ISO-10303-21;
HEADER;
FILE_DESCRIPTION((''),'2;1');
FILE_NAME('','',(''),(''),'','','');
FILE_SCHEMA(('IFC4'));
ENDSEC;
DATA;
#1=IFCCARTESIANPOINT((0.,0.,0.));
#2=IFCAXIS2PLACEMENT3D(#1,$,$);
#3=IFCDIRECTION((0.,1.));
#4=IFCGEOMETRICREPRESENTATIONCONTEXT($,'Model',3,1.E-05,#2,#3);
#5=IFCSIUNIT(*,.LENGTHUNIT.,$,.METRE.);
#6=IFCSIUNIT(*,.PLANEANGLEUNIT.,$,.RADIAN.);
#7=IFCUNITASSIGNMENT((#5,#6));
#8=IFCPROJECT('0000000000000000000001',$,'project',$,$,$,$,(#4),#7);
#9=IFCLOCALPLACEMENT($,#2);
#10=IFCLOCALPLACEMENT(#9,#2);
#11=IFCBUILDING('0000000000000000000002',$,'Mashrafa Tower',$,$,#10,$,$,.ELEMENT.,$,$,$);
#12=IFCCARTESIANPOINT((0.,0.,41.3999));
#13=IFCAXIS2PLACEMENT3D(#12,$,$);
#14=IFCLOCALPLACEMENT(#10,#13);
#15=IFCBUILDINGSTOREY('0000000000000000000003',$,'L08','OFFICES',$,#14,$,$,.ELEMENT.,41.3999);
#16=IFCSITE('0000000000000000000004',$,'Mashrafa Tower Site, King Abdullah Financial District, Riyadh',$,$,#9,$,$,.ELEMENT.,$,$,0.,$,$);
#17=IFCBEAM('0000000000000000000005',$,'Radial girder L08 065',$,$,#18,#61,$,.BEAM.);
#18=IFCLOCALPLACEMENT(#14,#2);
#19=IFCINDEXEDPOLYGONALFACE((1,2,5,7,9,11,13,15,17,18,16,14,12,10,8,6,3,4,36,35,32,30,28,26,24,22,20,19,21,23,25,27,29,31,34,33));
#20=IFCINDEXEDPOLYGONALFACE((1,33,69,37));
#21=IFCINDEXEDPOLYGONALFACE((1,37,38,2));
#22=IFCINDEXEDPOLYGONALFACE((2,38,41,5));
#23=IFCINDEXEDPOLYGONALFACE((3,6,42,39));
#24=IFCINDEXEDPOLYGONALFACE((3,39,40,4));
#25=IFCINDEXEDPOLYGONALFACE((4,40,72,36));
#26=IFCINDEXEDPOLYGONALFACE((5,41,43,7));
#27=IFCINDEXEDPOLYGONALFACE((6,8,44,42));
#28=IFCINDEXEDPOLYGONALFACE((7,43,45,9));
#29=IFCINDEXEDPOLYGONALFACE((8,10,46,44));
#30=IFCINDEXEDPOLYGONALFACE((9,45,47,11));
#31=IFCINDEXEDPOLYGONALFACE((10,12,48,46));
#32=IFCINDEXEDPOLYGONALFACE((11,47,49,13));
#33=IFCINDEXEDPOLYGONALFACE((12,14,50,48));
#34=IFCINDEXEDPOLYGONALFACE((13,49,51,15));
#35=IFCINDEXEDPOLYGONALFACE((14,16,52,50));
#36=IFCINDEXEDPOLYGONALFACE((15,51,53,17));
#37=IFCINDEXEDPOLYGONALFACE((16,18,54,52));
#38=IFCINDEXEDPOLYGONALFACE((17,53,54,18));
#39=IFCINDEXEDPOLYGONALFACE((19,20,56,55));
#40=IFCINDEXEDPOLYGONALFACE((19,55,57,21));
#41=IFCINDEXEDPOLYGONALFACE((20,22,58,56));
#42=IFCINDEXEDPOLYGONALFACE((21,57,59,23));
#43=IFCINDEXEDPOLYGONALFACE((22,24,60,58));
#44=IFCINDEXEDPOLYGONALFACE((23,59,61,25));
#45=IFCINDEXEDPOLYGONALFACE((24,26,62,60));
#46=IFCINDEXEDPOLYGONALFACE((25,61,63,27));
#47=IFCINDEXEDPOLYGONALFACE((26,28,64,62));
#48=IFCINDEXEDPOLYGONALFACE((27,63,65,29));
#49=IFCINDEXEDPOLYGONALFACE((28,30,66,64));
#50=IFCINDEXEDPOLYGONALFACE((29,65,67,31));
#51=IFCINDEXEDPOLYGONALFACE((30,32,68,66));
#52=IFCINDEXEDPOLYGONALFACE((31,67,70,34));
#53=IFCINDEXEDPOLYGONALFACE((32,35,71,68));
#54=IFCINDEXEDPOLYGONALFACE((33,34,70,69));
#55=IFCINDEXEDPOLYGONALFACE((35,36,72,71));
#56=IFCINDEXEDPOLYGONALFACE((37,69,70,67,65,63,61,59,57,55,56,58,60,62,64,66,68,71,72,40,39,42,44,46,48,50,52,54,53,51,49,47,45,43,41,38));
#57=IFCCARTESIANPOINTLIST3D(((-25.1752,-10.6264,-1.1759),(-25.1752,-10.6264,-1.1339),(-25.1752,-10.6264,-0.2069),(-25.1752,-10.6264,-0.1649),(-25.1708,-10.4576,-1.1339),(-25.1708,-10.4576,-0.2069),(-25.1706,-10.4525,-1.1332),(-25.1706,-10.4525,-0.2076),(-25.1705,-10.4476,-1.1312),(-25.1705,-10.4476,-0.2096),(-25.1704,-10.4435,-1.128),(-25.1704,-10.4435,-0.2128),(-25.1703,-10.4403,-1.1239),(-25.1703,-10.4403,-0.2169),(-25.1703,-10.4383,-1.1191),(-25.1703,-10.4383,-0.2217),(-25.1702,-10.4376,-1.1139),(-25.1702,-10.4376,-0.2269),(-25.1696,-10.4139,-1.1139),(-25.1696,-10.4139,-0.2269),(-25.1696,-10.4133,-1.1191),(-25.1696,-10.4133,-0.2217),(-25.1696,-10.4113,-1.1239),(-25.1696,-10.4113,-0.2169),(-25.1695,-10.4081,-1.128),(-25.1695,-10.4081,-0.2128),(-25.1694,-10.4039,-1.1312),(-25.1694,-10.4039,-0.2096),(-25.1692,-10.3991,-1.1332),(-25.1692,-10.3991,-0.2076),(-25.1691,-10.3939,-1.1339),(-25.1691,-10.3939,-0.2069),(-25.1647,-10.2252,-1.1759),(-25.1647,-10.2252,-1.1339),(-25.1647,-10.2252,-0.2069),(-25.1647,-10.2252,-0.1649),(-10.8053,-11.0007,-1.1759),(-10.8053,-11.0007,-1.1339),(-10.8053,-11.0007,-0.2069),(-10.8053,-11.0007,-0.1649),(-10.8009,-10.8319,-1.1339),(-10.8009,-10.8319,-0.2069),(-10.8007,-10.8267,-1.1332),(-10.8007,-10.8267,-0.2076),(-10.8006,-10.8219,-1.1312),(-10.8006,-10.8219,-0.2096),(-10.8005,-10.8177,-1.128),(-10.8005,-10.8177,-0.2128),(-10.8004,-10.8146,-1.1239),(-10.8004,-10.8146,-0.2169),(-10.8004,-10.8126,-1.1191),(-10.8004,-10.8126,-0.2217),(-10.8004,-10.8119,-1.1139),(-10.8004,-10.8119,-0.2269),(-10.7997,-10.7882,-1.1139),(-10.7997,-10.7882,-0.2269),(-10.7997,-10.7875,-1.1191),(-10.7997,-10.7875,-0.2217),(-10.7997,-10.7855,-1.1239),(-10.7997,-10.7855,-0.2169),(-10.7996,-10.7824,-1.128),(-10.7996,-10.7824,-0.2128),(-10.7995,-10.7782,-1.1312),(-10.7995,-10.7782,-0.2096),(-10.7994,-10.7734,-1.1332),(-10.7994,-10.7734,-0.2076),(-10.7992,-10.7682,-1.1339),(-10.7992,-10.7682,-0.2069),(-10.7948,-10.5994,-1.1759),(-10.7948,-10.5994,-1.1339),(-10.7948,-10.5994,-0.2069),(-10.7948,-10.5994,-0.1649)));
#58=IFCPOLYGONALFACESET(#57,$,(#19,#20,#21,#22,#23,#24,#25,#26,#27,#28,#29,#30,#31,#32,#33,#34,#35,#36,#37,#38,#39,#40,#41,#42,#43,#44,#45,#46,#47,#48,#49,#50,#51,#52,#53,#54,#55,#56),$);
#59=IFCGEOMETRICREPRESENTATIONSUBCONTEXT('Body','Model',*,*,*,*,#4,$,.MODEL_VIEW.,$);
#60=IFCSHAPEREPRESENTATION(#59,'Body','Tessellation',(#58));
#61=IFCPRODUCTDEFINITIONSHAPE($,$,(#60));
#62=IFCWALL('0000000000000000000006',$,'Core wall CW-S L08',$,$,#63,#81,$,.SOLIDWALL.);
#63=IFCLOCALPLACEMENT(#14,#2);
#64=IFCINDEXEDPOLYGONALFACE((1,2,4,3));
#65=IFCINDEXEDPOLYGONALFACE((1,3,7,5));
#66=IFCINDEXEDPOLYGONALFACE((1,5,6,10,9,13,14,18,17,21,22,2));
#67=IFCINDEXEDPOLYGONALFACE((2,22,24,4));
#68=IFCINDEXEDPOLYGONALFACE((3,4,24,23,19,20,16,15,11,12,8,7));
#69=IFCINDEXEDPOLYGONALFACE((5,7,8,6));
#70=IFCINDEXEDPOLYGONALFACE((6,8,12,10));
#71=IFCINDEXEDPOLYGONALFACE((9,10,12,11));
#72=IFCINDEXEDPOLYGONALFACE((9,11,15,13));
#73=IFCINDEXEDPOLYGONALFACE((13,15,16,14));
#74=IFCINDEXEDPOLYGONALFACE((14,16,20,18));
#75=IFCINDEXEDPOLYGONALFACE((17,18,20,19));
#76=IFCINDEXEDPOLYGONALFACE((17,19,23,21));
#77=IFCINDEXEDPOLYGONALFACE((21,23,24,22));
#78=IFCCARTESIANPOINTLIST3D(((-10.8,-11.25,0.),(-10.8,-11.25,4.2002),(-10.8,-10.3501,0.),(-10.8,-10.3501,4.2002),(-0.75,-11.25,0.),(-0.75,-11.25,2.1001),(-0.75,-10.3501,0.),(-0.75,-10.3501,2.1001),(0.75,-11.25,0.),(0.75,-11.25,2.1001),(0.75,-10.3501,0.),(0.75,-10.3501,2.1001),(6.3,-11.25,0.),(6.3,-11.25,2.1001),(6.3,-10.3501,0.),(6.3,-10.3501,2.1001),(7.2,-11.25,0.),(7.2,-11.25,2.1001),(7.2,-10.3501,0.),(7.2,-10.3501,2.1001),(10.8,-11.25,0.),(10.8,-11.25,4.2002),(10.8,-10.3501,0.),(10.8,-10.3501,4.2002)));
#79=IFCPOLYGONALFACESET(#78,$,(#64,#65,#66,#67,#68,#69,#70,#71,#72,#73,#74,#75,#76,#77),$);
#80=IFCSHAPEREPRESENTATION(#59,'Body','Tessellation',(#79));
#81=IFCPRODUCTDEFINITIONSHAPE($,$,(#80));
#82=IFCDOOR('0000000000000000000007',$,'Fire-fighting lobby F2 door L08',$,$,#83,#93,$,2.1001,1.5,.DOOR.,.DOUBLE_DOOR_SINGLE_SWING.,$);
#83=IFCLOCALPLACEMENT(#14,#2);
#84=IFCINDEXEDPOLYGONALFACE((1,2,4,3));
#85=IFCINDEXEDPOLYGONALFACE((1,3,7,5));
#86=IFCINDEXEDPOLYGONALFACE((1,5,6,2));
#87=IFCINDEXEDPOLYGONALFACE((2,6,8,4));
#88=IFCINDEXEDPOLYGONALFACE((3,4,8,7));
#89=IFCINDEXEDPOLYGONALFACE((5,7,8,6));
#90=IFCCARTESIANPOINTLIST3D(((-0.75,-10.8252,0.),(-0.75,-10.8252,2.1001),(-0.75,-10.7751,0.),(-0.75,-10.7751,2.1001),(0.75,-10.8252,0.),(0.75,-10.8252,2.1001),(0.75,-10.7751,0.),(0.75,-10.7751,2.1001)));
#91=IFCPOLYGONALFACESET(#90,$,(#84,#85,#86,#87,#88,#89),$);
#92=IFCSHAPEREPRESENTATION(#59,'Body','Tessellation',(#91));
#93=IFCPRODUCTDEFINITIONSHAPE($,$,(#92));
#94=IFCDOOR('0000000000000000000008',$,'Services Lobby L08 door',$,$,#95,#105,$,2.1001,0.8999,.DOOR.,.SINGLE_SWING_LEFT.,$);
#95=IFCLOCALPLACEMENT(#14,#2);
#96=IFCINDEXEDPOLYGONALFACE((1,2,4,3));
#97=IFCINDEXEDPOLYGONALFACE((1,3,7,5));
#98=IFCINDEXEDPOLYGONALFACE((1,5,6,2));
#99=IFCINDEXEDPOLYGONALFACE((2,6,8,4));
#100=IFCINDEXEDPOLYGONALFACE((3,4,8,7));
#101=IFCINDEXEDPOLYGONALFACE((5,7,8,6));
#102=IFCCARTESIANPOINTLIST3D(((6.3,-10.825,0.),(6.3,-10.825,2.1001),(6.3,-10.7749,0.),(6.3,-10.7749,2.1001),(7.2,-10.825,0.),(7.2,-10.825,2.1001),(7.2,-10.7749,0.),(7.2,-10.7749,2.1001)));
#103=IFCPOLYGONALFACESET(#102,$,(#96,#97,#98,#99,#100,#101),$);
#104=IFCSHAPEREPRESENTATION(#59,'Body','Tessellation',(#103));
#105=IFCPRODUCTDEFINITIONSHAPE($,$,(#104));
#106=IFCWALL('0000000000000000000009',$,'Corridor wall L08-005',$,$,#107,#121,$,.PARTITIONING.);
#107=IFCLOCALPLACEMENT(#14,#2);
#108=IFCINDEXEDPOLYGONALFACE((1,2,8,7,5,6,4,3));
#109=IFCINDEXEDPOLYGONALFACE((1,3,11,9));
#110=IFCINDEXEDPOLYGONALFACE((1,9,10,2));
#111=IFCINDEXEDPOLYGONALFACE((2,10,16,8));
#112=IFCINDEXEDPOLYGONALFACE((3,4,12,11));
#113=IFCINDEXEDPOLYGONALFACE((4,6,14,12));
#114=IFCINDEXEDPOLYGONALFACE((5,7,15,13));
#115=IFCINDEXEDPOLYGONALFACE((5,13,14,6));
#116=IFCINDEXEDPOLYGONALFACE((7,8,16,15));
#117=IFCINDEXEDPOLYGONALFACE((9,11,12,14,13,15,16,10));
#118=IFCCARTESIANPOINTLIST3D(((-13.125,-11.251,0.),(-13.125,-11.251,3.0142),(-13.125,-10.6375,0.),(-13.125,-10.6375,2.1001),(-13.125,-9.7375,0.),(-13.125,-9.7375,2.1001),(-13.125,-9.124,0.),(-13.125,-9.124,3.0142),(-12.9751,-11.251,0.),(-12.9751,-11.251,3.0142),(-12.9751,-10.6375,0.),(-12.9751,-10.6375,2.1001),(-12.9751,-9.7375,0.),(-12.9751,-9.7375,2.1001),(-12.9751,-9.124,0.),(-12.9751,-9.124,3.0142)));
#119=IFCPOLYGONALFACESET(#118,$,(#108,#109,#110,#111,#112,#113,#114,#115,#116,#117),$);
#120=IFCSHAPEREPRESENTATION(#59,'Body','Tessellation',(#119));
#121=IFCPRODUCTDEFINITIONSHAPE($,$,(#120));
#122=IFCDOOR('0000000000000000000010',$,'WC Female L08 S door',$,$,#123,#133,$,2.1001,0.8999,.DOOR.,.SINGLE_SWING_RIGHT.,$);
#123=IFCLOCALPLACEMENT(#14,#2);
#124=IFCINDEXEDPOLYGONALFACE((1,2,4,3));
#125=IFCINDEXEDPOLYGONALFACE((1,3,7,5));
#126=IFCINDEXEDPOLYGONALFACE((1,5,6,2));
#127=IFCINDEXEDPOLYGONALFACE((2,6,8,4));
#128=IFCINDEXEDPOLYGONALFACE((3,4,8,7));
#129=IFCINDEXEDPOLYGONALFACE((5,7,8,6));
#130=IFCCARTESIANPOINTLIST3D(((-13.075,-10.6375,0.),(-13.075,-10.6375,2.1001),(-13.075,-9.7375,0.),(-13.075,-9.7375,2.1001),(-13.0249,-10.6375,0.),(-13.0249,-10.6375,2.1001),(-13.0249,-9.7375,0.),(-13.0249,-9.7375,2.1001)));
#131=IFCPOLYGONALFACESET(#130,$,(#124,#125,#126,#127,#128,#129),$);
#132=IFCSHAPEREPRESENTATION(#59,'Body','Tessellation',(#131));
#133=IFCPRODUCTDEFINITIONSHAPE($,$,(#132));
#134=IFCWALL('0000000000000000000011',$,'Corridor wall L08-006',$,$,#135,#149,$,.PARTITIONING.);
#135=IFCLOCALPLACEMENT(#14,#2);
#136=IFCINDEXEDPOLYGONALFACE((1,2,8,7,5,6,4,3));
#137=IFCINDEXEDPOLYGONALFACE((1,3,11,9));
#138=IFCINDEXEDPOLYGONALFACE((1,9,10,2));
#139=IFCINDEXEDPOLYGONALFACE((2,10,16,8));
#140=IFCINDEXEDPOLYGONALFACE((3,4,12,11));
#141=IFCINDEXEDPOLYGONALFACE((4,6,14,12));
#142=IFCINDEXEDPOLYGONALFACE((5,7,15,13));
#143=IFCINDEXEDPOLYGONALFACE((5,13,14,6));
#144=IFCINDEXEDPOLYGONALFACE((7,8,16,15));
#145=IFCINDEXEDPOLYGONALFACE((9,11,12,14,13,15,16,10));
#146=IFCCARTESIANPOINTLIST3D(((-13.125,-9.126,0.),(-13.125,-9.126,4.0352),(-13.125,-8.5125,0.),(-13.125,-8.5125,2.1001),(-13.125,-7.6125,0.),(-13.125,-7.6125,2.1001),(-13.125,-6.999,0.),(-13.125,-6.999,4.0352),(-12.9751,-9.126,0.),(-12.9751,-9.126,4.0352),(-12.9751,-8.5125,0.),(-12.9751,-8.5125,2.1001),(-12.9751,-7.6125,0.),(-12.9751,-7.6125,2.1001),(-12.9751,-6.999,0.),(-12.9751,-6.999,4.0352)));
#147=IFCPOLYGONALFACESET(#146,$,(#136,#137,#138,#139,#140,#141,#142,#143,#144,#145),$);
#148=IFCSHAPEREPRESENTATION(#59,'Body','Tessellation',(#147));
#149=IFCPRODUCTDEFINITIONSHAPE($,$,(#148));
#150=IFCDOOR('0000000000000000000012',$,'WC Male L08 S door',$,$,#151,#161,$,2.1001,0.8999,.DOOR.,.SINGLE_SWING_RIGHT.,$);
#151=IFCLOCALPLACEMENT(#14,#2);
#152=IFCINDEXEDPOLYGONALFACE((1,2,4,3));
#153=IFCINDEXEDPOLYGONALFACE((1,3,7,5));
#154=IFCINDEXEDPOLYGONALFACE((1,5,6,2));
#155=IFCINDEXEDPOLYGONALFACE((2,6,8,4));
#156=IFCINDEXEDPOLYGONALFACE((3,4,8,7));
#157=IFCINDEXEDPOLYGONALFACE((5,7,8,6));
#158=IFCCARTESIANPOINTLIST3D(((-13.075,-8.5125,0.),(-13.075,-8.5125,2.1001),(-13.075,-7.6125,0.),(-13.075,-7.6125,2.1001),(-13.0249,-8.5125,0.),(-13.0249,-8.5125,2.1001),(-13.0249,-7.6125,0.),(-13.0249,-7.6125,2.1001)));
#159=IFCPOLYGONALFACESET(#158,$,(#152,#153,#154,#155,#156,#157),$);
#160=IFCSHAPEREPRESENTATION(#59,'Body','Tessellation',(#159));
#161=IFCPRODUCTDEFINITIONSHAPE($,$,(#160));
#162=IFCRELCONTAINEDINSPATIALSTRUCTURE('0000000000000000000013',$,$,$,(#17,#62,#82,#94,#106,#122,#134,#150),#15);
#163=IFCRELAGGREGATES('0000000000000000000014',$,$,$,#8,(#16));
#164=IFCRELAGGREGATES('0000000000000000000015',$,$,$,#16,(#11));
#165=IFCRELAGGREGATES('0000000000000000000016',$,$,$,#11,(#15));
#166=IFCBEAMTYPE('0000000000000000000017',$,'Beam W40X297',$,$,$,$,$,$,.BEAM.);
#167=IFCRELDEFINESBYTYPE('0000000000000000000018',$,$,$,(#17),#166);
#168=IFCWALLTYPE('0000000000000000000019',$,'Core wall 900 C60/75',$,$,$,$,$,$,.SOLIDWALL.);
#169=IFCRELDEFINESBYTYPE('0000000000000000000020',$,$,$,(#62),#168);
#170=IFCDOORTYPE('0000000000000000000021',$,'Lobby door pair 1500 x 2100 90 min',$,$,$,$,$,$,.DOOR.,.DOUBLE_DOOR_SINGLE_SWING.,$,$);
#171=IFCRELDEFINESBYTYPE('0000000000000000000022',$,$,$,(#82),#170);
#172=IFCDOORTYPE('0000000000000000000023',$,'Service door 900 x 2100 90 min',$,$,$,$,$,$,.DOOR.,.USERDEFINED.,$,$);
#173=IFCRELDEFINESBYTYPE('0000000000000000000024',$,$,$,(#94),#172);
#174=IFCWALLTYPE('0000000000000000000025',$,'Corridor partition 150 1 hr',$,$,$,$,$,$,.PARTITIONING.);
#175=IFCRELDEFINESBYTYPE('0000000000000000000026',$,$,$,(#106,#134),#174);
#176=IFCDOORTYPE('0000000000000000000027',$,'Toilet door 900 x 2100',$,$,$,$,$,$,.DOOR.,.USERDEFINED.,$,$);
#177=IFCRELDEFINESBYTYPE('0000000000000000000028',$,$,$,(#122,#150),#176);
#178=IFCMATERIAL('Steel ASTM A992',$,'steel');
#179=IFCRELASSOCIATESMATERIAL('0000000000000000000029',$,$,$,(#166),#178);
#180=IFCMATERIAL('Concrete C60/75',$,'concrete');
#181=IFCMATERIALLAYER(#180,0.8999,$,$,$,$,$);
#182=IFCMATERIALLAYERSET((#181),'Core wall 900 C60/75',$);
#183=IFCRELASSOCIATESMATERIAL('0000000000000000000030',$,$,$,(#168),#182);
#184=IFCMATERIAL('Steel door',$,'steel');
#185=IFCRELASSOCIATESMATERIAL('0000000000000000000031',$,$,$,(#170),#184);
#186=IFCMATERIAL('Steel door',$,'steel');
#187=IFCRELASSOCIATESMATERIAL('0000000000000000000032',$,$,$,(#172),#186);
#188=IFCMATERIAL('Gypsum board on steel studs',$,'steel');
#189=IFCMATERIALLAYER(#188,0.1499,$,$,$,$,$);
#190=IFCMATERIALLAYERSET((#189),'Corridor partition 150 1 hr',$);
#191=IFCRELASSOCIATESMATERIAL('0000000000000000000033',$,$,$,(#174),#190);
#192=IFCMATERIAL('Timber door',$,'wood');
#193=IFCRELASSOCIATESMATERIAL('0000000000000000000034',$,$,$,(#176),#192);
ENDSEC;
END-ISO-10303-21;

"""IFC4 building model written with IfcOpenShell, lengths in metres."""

from ifc_helpers import new_model, si_unit, direction, frame, frame_2d, origin, origin_2d, place, context, subcontext, project, spatial, rectangle, i_section, extrude, material, layer, layer_set, material_profile, profile_set, type_object, element, fill, save


model = new_model("IFC4")

# Units and contexts
model_context = context("Model", 3, precision=1e-05, world=origin(), true_north=direction((0.0, 1.0)))
body_context = subcontext(model_context, "Body", "Model", "MODEL_VIEW")
ifc_project = project(units=[si_unit("LENGTHUNIT", "METRE"), si_unit("PLANEANGLEUNIT", "RADIAN")], contexts=[model_context])

# Site, building, storey
site_placement = place(None, origin())
site = spatial("IfcSite", under=ifc_project, at=site_placement, Name="Mashrafa Tower Site, King Abdullah Financial District, Riyadh", CompositionType="ELEMENT", RefElevation=0.0)
building_placement = place(site_placement, origin())
building = spatial("IfcBuilding", under=site, at=building_placement, Name="Mashrafa Tower", CompositionType="ELEMENT")
storey_placement = place(building_placement, frame((0.0, 0.0, 41.3999)))
storey = spatial("IfcBuildingStorey", under=building, at=storey_placement, Name="L08", Description="OFFICES", CompositionType="ELEMENT", Elevation=41.3999)

# Beam
ifc_material_1 = material(Name="Steel ASTM A992", Category="steel")
ifc_material_profile_1 = material_profile(ifc_material_1, i_section(OverallWidth=0.4014, OverallDepth=1.011, WebThickness=0.0237, FlangeThickness=0.042, FilletRadius=0.02, at=origin_2d()), Name="W40X297")
ifc_profile_set_1 = profile_set([ifc_material_profile_1], Name="Steel ASTM A992")
beam_type_1 = type_object("IfcBeamType", Name="Beam W40X297", PredefinedType="BEAM", material=ifc_profile_set_1)
beam_1_placement = place(storey_placement, frame((-10.8, -10.8, -0.6704), z_axis=(-0.999661, 0.026036, 0.0), x_axis=(-0.026036, -0.999661, 0.0)))
element("IfcBeam", 1, at=beam_1_placement, inside=storey, type_object=beam_type_1, Name="Radial girder L08 065", PredefinedType="BEAM", context=body_context, shape_type="SweptSolid", body=[
    extrude(i_section(OverallWidth=0.4014, OverallDepth=1.011, WebThickness=0.0237, FlangeThickness=0.042, FilletRadius=0.02, at=origin_2d()), origin(), (0.0, 0.0, 1.0), 14.3748),
])

# Wall, openings, doors
ifc_material_2 = material(Name="Concrete C60/75", Category="concrete")
ifc_layer_1 = layer(ifc_material_2, 0.8999)
ifc_layer_set_1 = layer_set([ifc_layer_1], Name="Core wall 900 C60/75")
wall_type_1 = type_object("IfcWallType", Name="Core wall 900 C60/75", PredefinedType="SOLIDWALL", material=ifc_layer_set_1)
wall_1_placement = place(storey_placement, frame((-10.8, -10.8, 0.0), z_axis=(0.0, 0.0, 1.0), x_axis=(1.0, 0.0, 0.0)))
wall_1 = element("IfcWall", 2, at=wall_1_placement, inside=storey, type_object=wall_type_1, Name="Core wall CW-S L08", PredefinedType="SOLIDWALL", context=body_context, shape_type="SweptSolid", body=[
    extrude(rectangle(XDim=21.6001, YDim=0.8999, at=frame_2d((10.8, 0.0))), origin(), (0.0, 0.0, 1.0), 4.2002),
])
opening_1_placement = place(wall_1_placement, frame((10.05, 0.0, 0.0)))
opening_1 = element("IfcOpeningElement", 3, at=opening_1_placement, cuts=wall_1, PredefinedType="OPENING", context=body_context, shape_type="SweptSolid", body=[
    extrude(rectangle(XDim=1.5, YDim=2.1001, at=frame_2d((0.75, 1.05))), frame((0.0, 0.46, 0.0), z_axis=(0.0, -1.0, 0.0), x_axis=(1.0, 0.0, 0.0)), (0.0, 0.0, 1.0), 0.9199),
])
opening_2_placement = place(wall_1_placement, frame((17.1001, 0.0, 0.0)))
opening_2 = element("IfcOpeningElement", 4, at=opening_2_placement, cuts=wall_1, PredefinedType="OPENING", context=body_context, shape_type="SweptSolid", body=[
    extrude(rectangle(XDim=0.8999, YDim=2.1001, at=frame_2d((0.45, 1.05))), frame((0.0, 0.46, 0.0), z_axis=(0.0, -1.0, 0.0), x_axis=(1.0, 0.0, 0.0)), (0.0, 0.0, 1.0), 0.9199),
])
ifc_material_3 = material(Name="Steel door", Category="steel")
door_type_1 = type_object("IfcDoorType", Name="Lobby door pair 1500 x 2100 90 min", OperationType="DOUBLE_DOOR_SINGLE_SWING", PredefinedType="DOOR", material=ifc_material_3)
door_1_placement = place(opening_1_placement, origin())
door_1 = element("IfcDoor", 5, at=door_1_placement, inside=storey, type_object=door_type_1, Name="Fire-fighting lobby F2 door L08", OperationType="DOUBLE_DOOR_SINGLE_SWING", OverallHeight=2.1001, OverallWidth=1.5, PredefinedType="DOOR", context=body_context, shape_type="SweptSolid", body=[
    extrude(rectangle(XDim=1.5, YDim=2.1001, at=frame_2d((0.75, 1.05))), frame((0.0, 0.0249, 0.0), z_axis=(0.0, -1.0, 0.0), x_axis=(1.0, 0.0, 0.0)), (0.0, 0.0, 1.0), 0.05),
])
fill(opening_1, door_1)
ifc_material_4 = material(Name="Steel door", Category="steel")
door_type_2 = type_object("IfcDoorType", Name="Service door 900 x 2100 90 min", OperationType="USERDEFINED", PredefinedType="DOOR", material=ifc_material_4)
door_2_placement = place(opening_2_placement, frame((0.8999, 0.0, 0.0), z_axis=(0.0, 0.0, 1.0), x_axis=(-1.0, 0.0, 0.0)))
door_2 = element("IfcDoor", 6, at=door_2_placement, inside=storey, type_object=door_type_2, Name="Services Lobby L08 door", OperationType="SINGLE_SWING_LEFT", OverallHeight=2.1001, OverallWidth=0.8999, PredefinedType="DOOR", context=body_context, shape_type="SweptSolid", body=[
    extrude(rectangle(XDim=0.8999, YDim=2.1001, at=frame_2d((0.45, 1.05))), frame((0.0, 0.0249, 0.0), z_axis=(0.0, -1.0, 0.0), x_axis=(1.0, 0.0, 0.0)), (0.0, 0.0, 1.0), 0.05),
])
fill(opening_2, door_2)

# Walls, openings, doors
ifc_material_5 = material(Name="Gypsum board on steel studs", Category="steel")
ifc_layer_2 = layer(ifc_material_5, 0.1499)
ifc_layer_set_2 = layer_set([ifc_layer_2], Name="Corridor partition 150 1 hr")
wall_type_2 = type_object("IfcWallType", Name="Corridor partition 150 1 hr", PredefinedType="PARTITIONING", material=ifc_layer_set_2)
wall_2_placement = place(storey_placement, frame((-13.05, -9.124, 0.0), z_axis=(0.0, 0.0, 1.0), x_axis=(0.0, -1.0, 0.0)))
wall_2 = element("IfcWall", 7, at=wall_2_placement, inside=storey, type_object=wall_type_2, Name="Corridor wall L08-005", PredefinedType="PARTITIONING", context=body_context, shape_type="SweptSolid", body=[
    extrude(rectangle(XDim=2.127, YDim=0.1499, at=frame_2d((1.0635, 0.0))), origin(), (0.0, 0.0, 1.0), 3.0142),
])
opening_3_placement = place(wall_2_placement, frame((0.6135, 0.0, 0.0)))
opening_3 = element("IfcOpeningElement", 8, at=opening_3_placement, cuts=wall_2, PredefinedType="OPENING", context=body_context, shape_type="SweptSolid", body=[
    extrude(rectangle(XDim=0.8999, YDim=2.1001, at=frame_2d((0.45, 1.05))), frame((0.0, 0.085, 0.0), z_axis=(0.0, -1.0, 0.0), x_axis=(1.0, 0.0, 0.0)), (0.0, 0.0, 1.0), 0.1699),
])
ifc_material_6 = material(Name="Timber door", Category="wood")
door_type_3 = type_object("IfcDoorType", Name="Toilet door 900 x 2100", OperationType="USERDEFINED", PredefinedType="DOOR", material=ifc_material_6)
door_3_placement = place(opening_3_placement, frame((0.8999, 0.0, 0.0), z_axis=(0.0, 0.0, 1.0), x_axis=(-1.0, 0.0, 0.0)))
door_3 = element("IfcDoor", 9, at=door_3_placement, inside=storey, type_object=door_type_3, Name="WC Female L08 S door", OperationType="SINGLE_SWING_RIGHT", OverallHeight=2.1001, OverallWidth=0.8999, PredefinedType="DOOR", context=body_context, shape_type="SweptSolid", body=[
    extrude(rectangle(XDim=0.8999, YDim=2.1001, at=frame_2d((0.45, 1.05))), frame((0.0, 0.0249, 0.0), z_axis=(0.0, -1.0, 0.0), x_axis=(1.0, 0.0, 0.0)), (0.0, 0.0, 1.0), 0.05),
])
fill(opening_3, door_3)
wall_3_placement = place(storey_placement, frame((-13.05, -6.999, 0.0), z_axis=(0.0, 0.0, 1.0), x_axis=(0.0, -1.0, 0.0)))
wall_3 = element("IfcWall", 10, at=wall_3_placement, inside=storey, type_object=wall_type_2, Name="Corridor wall L08-006", PredefinedType="PARTITIONING", context=body_context, shape_type="SweptSolid", body=[
    extrude(rectangle(XDim=2.127, YDim=0.1499, at=frame_2d((1.0635, 0.0))), origin(), (0.0, 0.0, 1.0), 4.0352),
])
opening_4_placement = place(wall_3_placement, frame((0.6135, 0.0, 0.0)))
opening_4 = element("IfcOpeningElement", 11, at=opening_4_placement, cuts=wall_3, PredefinedType="OPENING", context=body_context, shape_type="SweptSolid", body=[
    extrude(rectangle(XDim=0.8999, YDim=2.1001, at=frame_2d((0.45, 1.05))), frame((0.0, 0.085, 0.0), z_axis=(0.0, -1.0, 0.0), x_axis=(1.0, 0.0, 0.0)), (0.0, 0.0, 1.0), 0.1699),
])
door_4_placement = place(opening_4_placement, frame((0.8999, 0.0, 0.0), z_axis=(0.0, 0.0, 1.0), x_axis=(-1.0, 0.0, 0.0)))
door_4 = element("IfcDoor", 12, at=door_4_placement, inside=storey, type_object=door_type_3, Name="WC Male L08 S door", OperationType="SINGLE_SWING_RIGHT", OverallHeight=2.1001, OverallWidth=0.8999, PredefinedType="DOOR", context=body_context, shape_type="SweptSolid", body=[
    extrude(rectangle(XDim=0.8999, YDim=2.1001, at=frame_2d((0.45, 1.05))), frame((0.0, 0.0249, 0.0), z_axis=(0.0, -1.0, 0.0), x_axis=(1.0, 0.0, 0.0)), (0.0, 0.0, 1.0), 0.05),
])
fill(opening_4, door_4)

save(model, "model.ifc")
